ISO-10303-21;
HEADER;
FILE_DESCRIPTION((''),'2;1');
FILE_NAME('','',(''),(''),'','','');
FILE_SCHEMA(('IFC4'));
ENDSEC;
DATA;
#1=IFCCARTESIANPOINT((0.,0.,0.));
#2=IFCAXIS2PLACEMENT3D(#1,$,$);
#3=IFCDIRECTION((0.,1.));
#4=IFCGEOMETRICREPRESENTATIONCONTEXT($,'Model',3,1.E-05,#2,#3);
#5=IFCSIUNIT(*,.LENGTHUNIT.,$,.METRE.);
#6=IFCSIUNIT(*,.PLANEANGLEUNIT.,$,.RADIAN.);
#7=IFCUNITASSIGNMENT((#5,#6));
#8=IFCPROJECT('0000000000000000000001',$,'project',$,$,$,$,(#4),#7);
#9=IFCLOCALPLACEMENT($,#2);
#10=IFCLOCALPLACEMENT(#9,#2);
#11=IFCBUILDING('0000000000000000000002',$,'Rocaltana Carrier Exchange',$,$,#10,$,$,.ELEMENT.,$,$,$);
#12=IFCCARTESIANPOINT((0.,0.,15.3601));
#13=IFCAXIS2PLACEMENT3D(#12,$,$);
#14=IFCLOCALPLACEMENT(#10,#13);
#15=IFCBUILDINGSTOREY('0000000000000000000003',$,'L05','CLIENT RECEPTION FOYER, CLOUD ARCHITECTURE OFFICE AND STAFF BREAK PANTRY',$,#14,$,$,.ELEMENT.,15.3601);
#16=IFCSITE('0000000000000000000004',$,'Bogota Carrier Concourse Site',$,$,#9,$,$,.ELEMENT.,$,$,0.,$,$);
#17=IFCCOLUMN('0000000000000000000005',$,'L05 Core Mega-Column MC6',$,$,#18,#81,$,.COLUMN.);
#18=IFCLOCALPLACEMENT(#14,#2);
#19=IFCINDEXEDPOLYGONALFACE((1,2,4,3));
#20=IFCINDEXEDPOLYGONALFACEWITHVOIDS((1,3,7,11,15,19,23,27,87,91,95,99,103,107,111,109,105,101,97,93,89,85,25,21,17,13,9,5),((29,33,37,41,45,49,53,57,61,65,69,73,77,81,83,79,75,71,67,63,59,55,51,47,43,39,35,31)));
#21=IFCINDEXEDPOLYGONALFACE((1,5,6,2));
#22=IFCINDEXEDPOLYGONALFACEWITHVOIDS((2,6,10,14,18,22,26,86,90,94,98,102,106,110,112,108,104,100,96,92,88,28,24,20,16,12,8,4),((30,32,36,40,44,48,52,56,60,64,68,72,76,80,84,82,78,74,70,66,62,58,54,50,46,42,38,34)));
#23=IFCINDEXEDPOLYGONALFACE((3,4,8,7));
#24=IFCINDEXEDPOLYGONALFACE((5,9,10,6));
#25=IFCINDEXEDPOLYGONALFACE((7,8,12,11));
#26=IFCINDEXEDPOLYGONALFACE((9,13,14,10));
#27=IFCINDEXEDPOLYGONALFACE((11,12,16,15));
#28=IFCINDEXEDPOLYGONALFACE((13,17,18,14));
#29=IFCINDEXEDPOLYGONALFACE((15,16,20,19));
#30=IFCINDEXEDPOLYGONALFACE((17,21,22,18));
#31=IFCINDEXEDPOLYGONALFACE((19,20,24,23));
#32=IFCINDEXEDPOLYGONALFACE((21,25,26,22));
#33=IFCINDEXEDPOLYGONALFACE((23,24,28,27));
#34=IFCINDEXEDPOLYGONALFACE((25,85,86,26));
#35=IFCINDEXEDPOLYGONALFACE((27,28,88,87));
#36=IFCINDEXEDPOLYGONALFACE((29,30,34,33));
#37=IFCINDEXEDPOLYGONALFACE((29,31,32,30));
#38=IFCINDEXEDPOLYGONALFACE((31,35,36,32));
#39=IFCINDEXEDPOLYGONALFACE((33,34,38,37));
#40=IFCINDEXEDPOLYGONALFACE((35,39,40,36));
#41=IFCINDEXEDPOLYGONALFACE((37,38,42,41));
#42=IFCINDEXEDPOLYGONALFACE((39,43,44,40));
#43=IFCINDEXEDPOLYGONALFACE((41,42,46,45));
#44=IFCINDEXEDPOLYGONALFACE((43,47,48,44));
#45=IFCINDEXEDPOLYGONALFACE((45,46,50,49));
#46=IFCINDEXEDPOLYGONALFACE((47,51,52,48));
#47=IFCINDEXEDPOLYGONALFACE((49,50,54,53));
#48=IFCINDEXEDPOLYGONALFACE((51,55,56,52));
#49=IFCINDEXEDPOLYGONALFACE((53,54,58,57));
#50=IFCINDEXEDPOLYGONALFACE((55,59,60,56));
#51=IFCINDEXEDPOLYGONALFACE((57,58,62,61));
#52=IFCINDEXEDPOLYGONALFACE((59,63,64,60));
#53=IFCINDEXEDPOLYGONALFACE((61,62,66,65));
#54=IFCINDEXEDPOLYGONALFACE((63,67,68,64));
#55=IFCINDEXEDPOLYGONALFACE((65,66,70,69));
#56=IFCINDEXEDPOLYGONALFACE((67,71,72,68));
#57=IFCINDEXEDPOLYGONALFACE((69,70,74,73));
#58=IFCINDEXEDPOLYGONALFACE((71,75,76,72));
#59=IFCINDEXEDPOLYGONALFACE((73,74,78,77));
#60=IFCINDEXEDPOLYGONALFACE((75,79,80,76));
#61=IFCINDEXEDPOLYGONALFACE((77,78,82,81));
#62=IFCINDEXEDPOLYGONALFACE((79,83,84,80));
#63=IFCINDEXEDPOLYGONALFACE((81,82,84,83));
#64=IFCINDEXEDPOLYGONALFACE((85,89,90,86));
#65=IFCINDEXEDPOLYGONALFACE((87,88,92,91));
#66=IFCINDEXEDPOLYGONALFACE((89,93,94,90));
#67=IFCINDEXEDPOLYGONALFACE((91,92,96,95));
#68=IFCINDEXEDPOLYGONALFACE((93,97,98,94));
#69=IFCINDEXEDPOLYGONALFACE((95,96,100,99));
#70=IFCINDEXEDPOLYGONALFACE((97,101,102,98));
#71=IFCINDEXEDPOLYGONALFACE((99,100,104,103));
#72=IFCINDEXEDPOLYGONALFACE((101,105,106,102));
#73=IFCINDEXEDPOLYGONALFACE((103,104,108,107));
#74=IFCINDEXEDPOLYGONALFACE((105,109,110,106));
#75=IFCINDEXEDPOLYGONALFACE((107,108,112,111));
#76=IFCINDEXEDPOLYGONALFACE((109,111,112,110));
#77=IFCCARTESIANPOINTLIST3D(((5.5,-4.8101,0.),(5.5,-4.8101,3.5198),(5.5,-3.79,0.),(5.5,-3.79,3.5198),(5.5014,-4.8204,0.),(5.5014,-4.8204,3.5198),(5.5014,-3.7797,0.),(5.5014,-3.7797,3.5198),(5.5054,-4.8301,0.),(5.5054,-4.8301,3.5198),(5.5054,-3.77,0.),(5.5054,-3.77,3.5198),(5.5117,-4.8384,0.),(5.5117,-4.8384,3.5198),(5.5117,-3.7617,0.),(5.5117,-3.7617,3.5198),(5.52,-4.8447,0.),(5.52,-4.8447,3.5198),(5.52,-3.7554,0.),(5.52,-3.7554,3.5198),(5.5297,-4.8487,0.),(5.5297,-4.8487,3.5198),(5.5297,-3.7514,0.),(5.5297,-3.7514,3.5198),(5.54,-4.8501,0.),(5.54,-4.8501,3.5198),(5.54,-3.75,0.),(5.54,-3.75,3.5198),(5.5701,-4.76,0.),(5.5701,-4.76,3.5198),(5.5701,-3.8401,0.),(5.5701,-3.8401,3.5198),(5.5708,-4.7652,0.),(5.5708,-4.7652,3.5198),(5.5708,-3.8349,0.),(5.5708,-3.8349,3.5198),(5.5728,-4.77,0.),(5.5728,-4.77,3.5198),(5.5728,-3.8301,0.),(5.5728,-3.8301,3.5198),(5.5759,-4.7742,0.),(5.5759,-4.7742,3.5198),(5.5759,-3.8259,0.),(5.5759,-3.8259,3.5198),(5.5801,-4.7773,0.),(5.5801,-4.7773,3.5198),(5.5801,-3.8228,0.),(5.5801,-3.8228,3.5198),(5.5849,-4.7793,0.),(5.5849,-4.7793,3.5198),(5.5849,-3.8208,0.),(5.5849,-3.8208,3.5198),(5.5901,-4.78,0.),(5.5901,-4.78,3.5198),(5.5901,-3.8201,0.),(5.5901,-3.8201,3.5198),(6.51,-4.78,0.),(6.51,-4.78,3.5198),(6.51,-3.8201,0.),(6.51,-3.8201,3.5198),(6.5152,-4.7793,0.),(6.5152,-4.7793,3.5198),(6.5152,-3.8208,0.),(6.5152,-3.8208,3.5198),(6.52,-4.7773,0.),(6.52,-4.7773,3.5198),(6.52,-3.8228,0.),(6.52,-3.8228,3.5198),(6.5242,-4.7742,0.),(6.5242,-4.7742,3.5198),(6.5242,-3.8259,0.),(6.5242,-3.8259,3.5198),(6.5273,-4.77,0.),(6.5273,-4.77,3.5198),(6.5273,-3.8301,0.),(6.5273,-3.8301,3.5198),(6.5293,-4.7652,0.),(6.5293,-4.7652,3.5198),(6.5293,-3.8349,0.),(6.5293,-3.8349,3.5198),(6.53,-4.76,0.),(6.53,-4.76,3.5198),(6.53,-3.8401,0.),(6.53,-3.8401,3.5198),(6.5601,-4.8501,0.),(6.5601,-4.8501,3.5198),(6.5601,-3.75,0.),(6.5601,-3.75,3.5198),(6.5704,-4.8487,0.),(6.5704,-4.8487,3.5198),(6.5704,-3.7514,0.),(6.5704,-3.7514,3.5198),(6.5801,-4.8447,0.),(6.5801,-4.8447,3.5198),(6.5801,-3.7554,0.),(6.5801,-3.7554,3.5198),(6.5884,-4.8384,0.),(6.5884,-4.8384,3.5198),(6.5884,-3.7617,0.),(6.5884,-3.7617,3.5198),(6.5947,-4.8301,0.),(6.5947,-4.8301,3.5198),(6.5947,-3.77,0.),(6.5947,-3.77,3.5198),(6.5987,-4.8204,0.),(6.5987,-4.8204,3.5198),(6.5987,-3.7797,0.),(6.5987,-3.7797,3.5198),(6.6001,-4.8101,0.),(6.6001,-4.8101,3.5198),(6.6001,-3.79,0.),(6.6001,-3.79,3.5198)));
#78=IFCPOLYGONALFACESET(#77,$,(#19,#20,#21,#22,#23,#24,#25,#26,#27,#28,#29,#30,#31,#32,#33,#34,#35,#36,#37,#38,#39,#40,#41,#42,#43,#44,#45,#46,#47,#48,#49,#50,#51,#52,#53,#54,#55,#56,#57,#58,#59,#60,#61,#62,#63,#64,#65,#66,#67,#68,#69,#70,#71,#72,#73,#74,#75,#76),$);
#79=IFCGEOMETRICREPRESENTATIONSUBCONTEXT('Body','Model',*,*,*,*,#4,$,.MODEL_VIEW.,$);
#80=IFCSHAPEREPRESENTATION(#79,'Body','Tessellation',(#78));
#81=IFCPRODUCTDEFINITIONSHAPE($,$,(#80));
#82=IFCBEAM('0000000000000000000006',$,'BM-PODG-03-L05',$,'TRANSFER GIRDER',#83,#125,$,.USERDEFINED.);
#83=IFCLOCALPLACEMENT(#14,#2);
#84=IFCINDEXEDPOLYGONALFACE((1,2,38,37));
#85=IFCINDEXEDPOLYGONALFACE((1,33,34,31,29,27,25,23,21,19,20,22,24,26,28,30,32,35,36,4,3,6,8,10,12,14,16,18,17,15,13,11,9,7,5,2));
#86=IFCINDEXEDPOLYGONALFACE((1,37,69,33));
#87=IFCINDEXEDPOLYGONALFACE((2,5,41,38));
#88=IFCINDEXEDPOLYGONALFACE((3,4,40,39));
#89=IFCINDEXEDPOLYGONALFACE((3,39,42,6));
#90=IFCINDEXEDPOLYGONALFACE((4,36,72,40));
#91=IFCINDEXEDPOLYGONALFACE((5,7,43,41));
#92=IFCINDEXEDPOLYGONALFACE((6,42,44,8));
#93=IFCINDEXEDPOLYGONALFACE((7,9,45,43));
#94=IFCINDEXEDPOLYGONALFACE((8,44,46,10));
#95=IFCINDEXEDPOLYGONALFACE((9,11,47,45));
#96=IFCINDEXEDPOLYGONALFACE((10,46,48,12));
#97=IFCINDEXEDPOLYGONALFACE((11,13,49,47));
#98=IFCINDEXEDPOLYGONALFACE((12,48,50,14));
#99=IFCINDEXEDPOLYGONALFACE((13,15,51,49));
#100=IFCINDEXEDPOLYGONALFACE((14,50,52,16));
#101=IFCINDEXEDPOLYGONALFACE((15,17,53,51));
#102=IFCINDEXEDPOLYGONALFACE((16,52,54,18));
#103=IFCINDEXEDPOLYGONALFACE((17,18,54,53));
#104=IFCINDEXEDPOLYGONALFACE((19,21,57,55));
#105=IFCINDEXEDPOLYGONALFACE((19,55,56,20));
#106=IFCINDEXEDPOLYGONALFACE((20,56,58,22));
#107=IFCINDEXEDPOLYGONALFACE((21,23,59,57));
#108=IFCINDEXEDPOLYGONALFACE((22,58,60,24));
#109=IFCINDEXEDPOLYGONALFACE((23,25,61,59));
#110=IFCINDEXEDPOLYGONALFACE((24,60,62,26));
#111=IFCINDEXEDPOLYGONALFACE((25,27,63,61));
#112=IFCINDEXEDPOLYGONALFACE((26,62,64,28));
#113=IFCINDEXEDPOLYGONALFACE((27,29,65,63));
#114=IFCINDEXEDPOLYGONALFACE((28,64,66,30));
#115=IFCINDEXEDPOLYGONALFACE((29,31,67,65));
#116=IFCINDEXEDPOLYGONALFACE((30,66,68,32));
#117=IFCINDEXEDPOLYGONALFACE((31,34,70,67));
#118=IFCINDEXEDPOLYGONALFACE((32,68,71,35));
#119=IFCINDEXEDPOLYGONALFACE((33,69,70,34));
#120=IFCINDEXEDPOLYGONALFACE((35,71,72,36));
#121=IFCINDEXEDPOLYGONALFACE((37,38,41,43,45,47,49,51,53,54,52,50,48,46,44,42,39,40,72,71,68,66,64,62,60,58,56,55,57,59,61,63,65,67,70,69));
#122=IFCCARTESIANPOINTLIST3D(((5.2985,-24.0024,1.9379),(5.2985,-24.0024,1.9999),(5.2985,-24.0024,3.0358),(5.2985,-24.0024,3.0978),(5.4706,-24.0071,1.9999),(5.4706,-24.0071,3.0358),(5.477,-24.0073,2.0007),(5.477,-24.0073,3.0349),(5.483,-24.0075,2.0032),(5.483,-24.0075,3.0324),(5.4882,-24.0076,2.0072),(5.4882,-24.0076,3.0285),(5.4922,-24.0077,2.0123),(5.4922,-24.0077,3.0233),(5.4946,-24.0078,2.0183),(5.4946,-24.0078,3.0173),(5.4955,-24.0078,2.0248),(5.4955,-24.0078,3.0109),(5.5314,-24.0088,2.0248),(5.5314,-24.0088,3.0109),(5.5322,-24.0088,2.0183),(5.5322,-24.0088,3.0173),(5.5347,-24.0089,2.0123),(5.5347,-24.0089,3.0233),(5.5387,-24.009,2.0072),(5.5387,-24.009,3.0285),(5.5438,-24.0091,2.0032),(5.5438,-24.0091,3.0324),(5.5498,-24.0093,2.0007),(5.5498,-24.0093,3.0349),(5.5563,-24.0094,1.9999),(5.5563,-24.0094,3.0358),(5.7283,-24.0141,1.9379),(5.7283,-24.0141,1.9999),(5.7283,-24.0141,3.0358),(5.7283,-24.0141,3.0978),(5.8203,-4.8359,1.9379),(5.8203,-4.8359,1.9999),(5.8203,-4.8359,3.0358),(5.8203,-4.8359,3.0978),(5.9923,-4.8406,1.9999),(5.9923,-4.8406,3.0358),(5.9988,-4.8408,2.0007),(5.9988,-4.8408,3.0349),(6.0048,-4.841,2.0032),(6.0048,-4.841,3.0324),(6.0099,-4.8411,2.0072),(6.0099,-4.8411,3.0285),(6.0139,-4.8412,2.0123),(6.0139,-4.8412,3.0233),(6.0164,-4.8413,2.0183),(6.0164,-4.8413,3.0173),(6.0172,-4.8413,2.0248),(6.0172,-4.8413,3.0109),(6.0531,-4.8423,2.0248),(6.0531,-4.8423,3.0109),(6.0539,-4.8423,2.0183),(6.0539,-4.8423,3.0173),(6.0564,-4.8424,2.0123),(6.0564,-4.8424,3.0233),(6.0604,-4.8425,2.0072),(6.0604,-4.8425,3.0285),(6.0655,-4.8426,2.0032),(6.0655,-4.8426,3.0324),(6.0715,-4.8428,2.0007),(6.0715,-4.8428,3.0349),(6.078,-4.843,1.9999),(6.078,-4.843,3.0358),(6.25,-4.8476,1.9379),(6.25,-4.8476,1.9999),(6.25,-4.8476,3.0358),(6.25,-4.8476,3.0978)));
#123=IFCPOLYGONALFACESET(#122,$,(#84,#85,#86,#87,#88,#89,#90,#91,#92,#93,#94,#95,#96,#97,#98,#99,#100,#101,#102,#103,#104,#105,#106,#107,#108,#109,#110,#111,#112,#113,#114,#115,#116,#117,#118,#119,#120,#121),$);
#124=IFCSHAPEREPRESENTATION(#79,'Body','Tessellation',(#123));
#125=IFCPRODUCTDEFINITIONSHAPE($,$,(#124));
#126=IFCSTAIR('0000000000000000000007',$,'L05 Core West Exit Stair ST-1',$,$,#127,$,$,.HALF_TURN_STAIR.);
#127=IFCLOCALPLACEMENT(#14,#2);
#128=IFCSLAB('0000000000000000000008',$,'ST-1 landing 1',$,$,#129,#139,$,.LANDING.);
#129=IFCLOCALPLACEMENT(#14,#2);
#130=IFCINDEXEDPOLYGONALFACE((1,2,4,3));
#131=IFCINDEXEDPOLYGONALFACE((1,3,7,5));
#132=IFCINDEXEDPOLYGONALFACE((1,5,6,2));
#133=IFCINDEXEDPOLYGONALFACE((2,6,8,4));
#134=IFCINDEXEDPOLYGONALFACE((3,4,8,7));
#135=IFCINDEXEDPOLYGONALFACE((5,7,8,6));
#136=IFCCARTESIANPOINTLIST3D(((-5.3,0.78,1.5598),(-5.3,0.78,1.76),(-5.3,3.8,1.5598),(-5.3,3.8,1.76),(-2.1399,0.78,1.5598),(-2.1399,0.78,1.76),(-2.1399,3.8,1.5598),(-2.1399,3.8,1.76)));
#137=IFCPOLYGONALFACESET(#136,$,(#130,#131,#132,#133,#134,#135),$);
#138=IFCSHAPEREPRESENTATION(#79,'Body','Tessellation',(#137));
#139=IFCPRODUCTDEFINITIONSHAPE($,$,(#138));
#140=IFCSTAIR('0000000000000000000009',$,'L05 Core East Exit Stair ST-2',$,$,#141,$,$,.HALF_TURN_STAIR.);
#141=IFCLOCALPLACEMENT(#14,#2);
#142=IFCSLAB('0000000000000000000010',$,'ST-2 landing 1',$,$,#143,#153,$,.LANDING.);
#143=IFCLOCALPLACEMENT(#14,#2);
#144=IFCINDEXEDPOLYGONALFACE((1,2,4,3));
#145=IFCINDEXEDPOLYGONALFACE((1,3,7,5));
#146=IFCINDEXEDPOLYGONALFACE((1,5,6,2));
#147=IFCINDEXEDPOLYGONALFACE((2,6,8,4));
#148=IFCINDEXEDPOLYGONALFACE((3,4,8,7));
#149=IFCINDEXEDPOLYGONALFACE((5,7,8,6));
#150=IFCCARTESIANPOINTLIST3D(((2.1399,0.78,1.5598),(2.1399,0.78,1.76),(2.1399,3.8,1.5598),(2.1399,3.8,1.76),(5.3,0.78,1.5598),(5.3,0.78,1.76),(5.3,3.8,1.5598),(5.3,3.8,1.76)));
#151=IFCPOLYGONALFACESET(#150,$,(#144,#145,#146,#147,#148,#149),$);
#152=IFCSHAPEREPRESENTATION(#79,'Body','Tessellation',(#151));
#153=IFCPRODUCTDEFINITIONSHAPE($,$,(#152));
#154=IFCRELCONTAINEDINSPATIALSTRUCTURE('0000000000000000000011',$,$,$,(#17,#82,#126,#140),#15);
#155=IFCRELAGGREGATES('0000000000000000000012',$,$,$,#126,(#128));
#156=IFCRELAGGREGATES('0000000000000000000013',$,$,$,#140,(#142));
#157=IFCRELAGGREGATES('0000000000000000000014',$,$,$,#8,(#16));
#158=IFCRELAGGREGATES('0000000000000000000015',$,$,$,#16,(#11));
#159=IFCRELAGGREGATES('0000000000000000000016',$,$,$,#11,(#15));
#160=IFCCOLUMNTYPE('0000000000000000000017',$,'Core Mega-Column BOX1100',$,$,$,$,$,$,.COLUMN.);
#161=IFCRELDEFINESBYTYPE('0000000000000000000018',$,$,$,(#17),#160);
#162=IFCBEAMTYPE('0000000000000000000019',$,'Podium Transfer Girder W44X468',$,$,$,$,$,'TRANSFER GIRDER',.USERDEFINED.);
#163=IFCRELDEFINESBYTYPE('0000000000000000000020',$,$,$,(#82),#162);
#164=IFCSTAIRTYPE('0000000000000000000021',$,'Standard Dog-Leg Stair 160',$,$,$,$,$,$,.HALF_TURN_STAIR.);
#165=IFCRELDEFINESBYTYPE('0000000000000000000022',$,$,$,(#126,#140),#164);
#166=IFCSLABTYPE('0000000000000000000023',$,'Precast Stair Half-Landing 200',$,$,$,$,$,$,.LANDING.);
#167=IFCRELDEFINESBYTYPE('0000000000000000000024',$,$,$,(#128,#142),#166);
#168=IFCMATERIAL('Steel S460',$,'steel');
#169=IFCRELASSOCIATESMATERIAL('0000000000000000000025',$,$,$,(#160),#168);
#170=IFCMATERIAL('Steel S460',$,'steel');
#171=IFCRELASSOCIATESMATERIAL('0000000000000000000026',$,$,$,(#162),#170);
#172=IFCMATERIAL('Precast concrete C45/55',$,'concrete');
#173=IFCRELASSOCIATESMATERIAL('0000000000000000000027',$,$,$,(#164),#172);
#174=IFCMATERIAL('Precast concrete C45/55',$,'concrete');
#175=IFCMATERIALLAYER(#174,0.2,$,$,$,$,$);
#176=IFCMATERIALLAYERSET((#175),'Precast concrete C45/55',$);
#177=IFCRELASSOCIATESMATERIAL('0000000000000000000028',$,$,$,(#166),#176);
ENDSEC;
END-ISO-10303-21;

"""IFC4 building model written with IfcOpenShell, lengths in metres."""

from ifc_helpers import new_model, si_unit, direction, frame, origin, origin_2d, place, context, subcontext, project, spatial, polyline, hollow_rectangle, i_section, outline, extrude, material, layer, layer_set, material_profile, profile_set, type_object, element, aggregate, save


model = new_model("IFC4")

# Units and contexts
model_context = context("Model", 3, precision=1e-05, world=origin(), true_north=direction((0.0, 1.0)))
body_context = subcontext(model_context, "Body", "Model", "MODEL_VIEW")
ifc_project = project(units=[si_unit("LENGTHUNIT", "METRE"), si_unit("PLANEANGLEUNIT", "RADIAN")], contexts=[model_context])

# Site, building, storey
site_placement = place(None, origin())
site = spatial("IfcSite", under=ifc_project, at=site_placement, Name="Bogota Carrier Concourse Site", CompositionType="ELEMENT", RefElevation=0.0)
building_placement = place(site_placement, origin())
building = spatial("IfcBuilding", under=site, at=building_placement, Name="Rocaltana Carrier Exchange", CompositionType="ELEMENT")
storey_placement = place(building_placement, frame((0.0, 0.0, 15.3601)))
storey = spatial("IfcBuildingStorey", under=building, at=storey_placement, Name="L05", Description="CLIENT RECEPTION FOYER, CLOUD ARCHITECTURE OFFICE AND STAFF BREAK PANTRY", CompositionType="ELEMENT", Elevation=15.3601)

# Column
ifc_material_1 = material(Name="Steel S460", Category="steel")
ifc_material_profile_1 = material_profile(ifc_material_1, hollow_rectangle(XDim=1.1001, YDim=1.1001, WallThickness=0.0701, InnerFilletRadius=0.02, OuterFilletRadius=0.04, at=origin_2d()), Name="BOX1100X1100X70")
ifc_profile_set_1 = profile_set([ifc_material_profile_1], Name="Steel S460")
column_type = type_object("IfcColumnType", Name="Core Mega-Column BOX1100", PredefinedType="COLUMN", material=ifc_profile_set_1)
column_placement = place(storey_placement, frame((6.05, -4.3, 0.0), z_axis=(0.0, 0.0, 1.0), x_axis=(1.0, 0.0, 0.0)))
element("IfcColumn", 1, at=column_placement, inside=storey, type_object=column_type, Name="L05 Core Mega-Column MC6", PredefinedType="COLUMN", context=body_context, shape_type="SweptSolid", body=[
    extrude(hollow_rectangle(XDim=1.1001, YDim=1.1001, WallThickness=0.0701, InnerFilletRadius=0.02, OuterFilletRadius=0.04, at=origin_2d()), origin(), (0.0, 0.0, 1.0), 3.5198),
])

# Beam
ifc_material_2 = material(Name="Steel S460", Category="steel")
ifc_material_profile_2 = material_profile(ifc_material_2, i_section(OverallWidth=0.4299, OverallDepth=1.1599, WebThickness=0.0359, FlangeThickness=0.062, FilletRadius=0.0249, at=origin_2d()), Name="W44X468")
ifc_profile_set_2 = profile_set([ifc_material_profile_2], Name="Steel S460")
beam_type = type_object("IfcBeamType", Name="Podium Transfer Girder W44X468", ElementType="TRANSFER GIRDER", PredefinedType="USERDEFINED", material=ifc_profile_set_2)
beam_placement = place(storey_placement, frame((6.0352, -4.8418, 2.5178), z_axis=(-0.027211, -0.99963, 0.0), x_axis=(0.99963, -0.027211, 0.0)))
element("IfcBeam", 2, at=beam_placement, inside=storey, type_object=beam_type, Name="BM-PODG-03-L05", ObjectType="TRANSFER GIRDER", PredefinedType="USERDEFINED", context=body_context, shape_type="SweptSolid", body=[
    extrude(i_section(OverallWidth=0.4299, OverallDepth=1.1599, WebThickness=0.0359, FlangeThickness=0.062, FilletRadius=0.0249, at=origin_2d()), origin(), (0.0, 0.0, 1.0), 19.1736),
])

# Stairs, slabs
ifc_material_3 = material(Name="Precast concrete C45/55", Category="concrete")
stair_type = type_object("IfcStairType", Name="Standard Dog-Leg Stair 160", PredefinedType="HALF_TURN_STAIR", material=ifc_material_3)
stair_1_placement = place(storey_placement, origin())
stair_1 = element("IfcStair", 3, at=stair_1_placement, inside=storey, type_object=stair_type, Name="L05 Core West Exit Stair ST-1", PredefinedType="HALF_TURN_STAIR")
ifc_material_4 = material(Name="Precast concrete C45/55", Category="concrete")
ifc_layer_1 = layer(ifc_material_4, 0.2)
ifc_layer_set_1 = layer_set([ifc_layer_1], Name="Precast concrete C45/55")
slab_type_1 = type_object("IfcSlabType", Name="Precast Stair Half-Landing 200", PredefinedType="LANDING", material=ifc_layer_set_1)
slab_1_placement = place(storey_placement, frame((0.0, 0.0, 1.5598)))
slab_1 = element("IfcSlab", 4, at=slab_1_placement, type_object=slab_type_1, Name="ST-1 landing 1", PredefinedType="LANDING", context=body_context, shape_type="SweptSolid", body=[
    extrude(outline(polyline([(-2.1399, 0.78), (-2.1399, 3.8), (-5.3, 3.8), (-5.3, 0.78), (-2.1399, 0.78)])), origin(), (0.0, 0.0, 1.0), 0.2002),
])
aggregate(stair_1, [slab_1])
stair_2_placement = place(storey_placement, origin())
stair_2 = element("IfcStair", 5, at=stair_2_placement, inside=storey, type_object=stair_type, Name="L05 Core East Exit Stair ST-2", PredefinedType="HALF_TURN_STAIR")
slab_2_placement = place(storey_placement, frame((0.0, 0.0, 1.5598)))
slab_2 = element("IfcSlab", 6, at=slab_2_placement, type_object=slab_type_1, Name="ST-2 landing 1", PredefinedType="LANDING", context=body_context, shape_type="SweptSolid", body=[
    extrude(outline(polyline([(5.3, 0.78), (5.3, 3.8), (2.1399, 3.8), (2.1399, 0.78), (5.3, 0.78)])), origin(), (0.0, 0.0, 1.0), 0.2002),
])

aggregate(stair_2, [slab_2])

save(model, "model.ifc")
